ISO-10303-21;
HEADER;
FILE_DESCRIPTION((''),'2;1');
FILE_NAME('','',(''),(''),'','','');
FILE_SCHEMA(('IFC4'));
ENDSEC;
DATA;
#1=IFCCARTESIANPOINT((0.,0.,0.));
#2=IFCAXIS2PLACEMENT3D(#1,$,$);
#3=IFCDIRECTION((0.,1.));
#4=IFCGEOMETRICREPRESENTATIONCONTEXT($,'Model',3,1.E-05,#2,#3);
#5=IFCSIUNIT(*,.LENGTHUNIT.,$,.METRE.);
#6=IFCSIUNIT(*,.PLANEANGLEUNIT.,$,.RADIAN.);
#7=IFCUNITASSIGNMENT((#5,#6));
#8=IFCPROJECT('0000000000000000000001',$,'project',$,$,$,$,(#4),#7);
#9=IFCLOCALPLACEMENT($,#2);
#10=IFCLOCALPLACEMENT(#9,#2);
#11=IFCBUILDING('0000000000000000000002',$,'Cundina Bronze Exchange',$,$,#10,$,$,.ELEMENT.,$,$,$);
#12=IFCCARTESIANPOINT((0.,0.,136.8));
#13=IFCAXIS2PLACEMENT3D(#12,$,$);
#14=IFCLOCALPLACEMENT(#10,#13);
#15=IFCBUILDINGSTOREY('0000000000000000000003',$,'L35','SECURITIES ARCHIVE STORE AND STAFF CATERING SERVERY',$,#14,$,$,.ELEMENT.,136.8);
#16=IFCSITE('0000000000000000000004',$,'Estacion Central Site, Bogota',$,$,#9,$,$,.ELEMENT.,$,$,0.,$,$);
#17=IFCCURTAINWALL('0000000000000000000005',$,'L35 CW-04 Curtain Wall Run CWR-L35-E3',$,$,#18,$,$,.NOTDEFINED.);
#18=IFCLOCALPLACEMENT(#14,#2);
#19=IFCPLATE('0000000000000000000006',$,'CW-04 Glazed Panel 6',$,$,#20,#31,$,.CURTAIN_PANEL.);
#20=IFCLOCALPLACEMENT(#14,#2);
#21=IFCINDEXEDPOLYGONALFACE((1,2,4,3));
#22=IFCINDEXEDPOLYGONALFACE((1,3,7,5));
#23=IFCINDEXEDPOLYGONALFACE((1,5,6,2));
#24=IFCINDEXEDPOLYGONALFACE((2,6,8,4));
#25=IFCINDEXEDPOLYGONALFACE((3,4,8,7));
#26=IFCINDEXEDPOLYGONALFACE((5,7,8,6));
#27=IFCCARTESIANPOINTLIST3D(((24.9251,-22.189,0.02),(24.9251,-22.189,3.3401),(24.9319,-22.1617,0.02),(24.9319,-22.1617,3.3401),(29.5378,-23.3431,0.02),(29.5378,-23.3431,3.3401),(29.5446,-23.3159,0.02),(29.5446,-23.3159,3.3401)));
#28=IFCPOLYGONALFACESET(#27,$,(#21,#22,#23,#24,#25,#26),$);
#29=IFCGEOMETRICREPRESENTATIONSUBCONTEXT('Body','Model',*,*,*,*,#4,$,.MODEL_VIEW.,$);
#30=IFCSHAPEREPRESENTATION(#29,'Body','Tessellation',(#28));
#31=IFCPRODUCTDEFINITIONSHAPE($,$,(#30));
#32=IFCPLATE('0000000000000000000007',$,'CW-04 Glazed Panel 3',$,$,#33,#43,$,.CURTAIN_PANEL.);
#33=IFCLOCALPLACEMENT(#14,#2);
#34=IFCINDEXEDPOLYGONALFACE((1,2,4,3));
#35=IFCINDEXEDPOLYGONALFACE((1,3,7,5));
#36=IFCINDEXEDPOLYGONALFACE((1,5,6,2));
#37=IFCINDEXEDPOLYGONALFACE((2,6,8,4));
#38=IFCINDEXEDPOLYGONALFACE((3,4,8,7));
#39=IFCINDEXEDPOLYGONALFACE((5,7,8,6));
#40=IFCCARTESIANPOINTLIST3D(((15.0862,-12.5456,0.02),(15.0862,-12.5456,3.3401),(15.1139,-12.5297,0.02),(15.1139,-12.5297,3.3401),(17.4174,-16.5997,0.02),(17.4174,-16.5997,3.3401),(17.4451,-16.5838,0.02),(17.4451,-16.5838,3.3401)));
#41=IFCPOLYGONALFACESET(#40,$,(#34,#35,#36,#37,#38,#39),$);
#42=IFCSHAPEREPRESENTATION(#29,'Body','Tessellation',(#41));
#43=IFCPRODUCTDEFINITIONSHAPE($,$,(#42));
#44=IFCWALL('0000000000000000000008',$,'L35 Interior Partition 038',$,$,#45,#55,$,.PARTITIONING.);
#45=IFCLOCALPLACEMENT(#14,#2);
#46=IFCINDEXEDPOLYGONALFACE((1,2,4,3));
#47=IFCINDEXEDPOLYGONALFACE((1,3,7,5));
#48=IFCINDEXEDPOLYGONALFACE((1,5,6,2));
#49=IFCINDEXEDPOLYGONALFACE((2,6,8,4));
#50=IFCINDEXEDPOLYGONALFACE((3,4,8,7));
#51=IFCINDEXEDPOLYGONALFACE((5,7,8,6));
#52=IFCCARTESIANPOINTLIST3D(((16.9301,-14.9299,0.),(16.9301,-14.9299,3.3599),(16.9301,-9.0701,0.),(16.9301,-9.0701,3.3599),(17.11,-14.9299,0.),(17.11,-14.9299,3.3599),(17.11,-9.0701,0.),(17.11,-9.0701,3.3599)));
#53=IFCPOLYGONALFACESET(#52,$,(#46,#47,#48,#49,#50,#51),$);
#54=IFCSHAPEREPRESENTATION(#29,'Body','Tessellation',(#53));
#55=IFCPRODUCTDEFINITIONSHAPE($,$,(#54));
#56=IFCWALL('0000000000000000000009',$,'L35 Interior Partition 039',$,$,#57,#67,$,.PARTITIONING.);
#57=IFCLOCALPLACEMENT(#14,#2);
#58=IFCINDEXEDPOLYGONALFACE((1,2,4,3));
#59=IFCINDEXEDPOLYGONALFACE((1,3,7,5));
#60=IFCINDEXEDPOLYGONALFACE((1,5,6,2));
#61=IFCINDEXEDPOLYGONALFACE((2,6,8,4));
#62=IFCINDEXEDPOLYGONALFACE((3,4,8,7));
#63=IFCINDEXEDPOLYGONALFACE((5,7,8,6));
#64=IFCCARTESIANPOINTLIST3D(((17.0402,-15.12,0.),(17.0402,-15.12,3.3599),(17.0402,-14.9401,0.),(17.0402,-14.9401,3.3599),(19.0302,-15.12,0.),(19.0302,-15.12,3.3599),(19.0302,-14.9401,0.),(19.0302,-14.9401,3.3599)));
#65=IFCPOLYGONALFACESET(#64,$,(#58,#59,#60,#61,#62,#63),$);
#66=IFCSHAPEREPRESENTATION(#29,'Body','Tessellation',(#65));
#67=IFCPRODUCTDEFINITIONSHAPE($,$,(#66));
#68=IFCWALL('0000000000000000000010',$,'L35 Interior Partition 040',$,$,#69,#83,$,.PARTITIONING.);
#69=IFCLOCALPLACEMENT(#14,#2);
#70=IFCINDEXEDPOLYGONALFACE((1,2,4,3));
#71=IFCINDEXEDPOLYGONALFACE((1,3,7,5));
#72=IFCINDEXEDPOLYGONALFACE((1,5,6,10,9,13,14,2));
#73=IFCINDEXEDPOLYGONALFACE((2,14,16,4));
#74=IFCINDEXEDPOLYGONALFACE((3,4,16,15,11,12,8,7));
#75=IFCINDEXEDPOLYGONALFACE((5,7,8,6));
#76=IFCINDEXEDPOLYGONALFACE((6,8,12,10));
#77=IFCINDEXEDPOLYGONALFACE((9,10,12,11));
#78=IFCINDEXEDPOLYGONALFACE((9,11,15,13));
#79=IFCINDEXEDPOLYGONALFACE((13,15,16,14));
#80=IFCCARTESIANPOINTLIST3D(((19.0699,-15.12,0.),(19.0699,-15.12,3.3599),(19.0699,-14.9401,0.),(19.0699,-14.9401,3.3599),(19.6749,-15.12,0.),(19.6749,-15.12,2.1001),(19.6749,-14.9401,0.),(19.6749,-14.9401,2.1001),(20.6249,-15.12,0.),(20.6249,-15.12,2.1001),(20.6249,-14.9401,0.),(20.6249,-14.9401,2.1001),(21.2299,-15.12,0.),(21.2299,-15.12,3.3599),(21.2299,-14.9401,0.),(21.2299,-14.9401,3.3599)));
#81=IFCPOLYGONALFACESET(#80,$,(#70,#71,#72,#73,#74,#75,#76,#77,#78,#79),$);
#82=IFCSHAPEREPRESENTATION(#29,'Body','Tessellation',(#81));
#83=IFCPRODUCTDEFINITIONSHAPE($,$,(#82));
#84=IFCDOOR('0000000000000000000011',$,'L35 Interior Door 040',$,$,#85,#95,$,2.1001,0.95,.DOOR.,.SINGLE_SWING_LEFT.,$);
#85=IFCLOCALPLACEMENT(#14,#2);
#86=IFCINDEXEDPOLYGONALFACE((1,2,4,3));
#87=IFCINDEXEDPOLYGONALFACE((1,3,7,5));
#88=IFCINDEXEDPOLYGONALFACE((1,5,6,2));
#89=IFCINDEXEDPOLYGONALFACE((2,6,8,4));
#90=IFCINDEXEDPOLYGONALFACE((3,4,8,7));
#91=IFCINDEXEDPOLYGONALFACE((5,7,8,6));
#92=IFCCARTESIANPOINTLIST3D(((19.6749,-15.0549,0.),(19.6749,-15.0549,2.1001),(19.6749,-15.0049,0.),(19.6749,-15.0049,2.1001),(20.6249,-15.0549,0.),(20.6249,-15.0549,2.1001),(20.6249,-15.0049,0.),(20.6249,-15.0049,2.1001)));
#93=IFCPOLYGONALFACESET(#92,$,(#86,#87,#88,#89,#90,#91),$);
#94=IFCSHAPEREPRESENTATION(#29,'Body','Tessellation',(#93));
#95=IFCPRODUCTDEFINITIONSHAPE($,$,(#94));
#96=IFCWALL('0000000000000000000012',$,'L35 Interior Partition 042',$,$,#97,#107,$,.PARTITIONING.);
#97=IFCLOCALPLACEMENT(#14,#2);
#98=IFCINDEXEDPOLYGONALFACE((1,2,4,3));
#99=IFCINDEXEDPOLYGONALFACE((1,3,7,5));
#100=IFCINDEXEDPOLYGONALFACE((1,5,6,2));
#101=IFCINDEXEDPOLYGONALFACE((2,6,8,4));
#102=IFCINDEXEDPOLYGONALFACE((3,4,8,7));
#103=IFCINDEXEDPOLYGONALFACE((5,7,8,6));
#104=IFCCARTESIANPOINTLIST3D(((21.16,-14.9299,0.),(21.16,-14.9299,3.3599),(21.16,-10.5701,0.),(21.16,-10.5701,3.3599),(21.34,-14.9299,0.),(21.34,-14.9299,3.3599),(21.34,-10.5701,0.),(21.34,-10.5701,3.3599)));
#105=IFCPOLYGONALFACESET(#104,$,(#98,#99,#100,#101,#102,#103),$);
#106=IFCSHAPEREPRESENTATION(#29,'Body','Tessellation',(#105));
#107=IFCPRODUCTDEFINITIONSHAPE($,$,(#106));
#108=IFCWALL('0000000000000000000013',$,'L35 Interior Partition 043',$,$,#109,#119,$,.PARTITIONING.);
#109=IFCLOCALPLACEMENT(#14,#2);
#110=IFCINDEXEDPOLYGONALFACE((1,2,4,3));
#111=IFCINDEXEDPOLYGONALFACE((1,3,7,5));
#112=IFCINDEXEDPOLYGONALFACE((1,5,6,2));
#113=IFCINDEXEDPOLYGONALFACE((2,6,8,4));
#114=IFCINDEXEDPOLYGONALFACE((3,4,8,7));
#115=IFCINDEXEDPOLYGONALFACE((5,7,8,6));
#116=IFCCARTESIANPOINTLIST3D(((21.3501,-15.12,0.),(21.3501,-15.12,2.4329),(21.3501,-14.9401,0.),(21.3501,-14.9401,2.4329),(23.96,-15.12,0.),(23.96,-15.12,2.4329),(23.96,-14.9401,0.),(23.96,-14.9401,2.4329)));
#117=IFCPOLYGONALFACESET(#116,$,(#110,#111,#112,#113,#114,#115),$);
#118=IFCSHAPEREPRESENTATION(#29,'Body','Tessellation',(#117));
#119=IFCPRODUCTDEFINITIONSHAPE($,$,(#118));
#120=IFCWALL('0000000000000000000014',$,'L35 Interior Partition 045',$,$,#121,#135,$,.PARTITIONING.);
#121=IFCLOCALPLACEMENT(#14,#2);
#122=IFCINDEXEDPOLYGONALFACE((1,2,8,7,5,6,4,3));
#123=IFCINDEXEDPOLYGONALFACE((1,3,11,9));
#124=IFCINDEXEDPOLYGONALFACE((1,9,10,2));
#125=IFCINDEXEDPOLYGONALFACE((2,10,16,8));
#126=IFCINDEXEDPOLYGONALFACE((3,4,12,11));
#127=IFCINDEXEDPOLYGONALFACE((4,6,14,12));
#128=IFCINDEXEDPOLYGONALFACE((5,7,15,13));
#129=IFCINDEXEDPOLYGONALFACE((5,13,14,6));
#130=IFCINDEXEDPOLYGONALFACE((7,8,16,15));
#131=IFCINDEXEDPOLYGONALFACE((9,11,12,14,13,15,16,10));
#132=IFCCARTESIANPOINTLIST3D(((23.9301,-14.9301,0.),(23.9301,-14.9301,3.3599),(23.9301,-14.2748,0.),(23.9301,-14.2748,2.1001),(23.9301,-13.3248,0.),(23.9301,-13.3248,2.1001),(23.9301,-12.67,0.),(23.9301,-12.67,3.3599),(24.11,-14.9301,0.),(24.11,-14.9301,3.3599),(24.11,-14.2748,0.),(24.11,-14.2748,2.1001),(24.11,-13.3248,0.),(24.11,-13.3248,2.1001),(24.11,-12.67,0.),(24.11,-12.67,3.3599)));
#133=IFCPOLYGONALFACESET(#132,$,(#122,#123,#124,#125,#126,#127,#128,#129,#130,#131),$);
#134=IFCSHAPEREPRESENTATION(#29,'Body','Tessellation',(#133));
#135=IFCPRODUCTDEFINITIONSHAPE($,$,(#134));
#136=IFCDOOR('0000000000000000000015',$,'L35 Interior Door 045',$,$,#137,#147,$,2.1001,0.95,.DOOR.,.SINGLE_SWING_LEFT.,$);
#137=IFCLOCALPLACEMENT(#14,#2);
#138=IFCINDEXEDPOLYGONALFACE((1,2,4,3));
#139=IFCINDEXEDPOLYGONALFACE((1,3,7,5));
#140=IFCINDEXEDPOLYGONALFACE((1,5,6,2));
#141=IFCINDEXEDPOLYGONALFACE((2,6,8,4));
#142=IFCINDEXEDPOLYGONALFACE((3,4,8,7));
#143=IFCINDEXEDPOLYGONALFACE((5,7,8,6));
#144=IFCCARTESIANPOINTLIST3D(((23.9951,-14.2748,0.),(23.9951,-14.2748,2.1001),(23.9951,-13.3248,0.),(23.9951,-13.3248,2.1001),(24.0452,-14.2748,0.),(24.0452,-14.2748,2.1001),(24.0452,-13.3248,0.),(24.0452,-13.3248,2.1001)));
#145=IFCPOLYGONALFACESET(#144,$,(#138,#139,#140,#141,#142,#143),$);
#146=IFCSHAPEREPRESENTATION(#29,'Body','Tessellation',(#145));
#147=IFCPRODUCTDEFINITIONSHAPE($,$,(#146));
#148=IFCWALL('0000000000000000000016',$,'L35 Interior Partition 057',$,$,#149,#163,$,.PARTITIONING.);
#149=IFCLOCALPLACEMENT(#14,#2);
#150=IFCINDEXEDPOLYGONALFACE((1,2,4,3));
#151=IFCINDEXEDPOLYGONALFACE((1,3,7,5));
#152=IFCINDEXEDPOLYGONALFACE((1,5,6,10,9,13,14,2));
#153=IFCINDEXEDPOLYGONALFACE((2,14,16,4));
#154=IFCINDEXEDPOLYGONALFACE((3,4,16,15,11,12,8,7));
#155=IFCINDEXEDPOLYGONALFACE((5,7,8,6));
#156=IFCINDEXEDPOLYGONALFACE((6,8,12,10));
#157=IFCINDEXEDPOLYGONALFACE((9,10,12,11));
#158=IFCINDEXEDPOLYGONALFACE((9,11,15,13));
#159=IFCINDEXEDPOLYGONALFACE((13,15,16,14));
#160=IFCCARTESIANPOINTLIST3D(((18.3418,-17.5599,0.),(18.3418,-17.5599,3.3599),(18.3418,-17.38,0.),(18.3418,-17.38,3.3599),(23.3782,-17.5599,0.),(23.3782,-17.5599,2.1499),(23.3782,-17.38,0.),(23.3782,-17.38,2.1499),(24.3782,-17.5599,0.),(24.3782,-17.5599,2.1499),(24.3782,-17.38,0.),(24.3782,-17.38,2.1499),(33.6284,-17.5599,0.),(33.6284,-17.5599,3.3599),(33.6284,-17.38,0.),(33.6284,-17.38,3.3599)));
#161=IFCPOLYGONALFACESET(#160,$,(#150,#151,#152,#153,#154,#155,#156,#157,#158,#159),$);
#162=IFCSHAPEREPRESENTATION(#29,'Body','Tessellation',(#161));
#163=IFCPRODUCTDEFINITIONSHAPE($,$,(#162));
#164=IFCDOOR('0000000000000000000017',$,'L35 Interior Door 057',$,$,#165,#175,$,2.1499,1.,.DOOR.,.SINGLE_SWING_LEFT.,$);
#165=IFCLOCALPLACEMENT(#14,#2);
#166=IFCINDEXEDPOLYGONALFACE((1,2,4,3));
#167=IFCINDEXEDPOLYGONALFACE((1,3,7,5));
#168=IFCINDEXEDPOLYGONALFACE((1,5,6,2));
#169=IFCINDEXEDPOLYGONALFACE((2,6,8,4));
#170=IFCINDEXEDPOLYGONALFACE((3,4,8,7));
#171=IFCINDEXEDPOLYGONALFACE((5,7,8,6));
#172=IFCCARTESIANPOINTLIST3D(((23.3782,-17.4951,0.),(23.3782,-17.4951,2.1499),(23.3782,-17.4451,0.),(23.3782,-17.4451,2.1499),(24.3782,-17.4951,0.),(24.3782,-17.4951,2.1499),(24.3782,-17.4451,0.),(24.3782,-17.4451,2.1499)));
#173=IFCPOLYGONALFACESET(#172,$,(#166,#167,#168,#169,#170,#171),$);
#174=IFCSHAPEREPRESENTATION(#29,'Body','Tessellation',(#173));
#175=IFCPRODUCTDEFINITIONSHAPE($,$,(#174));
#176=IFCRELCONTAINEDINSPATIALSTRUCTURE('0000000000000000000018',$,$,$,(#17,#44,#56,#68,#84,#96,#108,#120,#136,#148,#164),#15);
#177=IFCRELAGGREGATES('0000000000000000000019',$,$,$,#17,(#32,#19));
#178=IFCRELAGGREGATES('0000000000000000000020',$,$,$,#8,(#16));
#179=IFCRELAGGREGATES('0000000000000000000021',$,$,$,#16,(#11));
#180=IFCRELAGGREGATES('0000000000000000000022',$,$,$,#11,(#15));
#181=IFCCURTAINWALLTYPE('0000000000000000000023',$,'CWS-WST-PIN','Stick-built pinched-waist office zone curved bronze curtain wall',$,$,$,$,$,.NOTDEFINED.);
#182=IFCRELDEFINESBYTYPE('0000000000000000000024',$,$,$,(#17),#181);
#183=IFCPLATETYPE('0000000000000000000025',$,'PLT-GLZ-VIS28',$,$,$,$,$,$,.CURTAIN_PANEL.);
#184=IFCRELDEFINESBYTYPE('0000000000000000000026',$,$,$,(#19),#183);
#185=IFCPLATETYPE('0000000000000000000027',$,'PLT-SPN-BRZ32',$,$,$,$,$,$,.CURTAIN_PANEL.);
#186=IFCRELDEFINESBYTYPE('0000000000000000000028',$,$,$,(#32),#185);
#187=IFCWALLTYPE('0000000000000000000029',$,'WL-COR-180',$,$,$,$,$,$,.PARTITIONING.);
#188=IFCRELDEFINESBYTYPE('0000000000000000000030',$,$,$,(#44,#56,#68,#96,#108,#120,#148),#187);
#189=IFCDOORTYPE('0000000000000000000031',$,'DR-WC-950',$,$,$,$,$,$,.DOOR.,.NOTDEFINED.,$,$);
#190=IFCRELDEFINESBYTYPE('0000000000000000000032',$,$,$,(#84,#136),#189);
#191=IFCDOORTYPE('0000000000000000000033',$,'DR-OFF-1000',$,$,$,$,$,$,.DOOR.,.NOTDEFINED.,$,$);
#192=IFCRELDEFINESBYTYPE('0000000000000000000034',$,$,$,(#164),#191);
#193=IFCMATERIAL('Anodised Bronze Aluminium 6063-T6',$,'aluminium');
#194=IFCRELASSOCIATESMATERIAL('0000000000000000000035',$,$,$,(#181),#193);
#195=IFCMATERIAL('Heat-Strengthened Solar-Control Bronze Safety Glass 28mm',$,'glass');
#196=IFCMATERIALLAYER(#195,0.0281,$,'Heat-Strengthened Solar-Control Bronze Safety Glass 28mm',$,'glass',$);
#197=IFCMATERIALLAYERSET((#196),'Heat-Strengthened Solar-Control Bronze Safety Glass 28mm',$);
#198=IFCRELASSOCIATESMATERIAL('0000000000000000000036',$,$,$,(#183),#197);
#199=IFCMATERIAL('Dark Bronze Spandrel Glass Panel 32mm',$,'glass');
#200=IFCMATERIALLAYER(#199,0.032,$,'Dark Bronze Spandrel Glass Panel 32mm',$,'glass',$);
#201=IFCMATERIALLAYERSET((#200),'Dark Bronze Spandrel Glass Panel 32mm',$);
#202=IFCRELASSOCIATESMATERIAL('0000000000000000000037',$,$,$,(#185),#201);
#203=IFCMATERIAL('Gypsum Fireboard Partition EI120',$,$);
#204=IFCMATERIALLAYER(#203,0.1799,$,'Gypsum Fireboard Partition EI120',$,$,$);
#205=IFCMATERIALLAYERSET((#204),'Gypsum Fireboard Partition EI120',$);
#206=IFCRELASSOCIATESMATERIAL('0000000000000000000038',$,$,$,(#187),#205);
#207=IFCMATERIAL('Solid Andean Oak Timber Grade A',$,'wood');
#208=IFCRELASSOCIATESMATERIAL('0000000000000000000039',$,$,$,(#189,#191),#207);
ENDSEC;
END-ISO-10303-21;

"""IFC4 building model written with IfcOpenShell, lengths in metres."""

from ifc_helpers import new_model, si_unit, direction, frame, frame_2d, origin, origin_2d, place, context, subcontext, project, spatial, rectangle, extrude, material, layer, layer_set, type_object, element, fill, aggregate, save


model = new_model("IFC4")

# Units and contexts
model_context = context("Model", 3, precision=1e-05, world=origin(), true_north=direction((0.0, 1.0)))
body_context = subcontext(model_context, "Body", "Model", "MODEL_VIEW")
ifc_project = project(units=[si_unit("LENGTHUNIT", "METRE"), si_unit("PLANEANGLEUNIT", "RADIAN")], contexts=[model_context])

# Site, building, storey
site_placement = place(None, origin())
site = spatial("IfcSite", under=ifc_project, at=site_placement, Name="Estacion Central Site, Bogota", CompositionType="ELEMENT", RefElevation=0.0)
building_placement = place(site_placement, origin())
building = spatial("IfcBuilding", under=site, at=building_placement, Name="Cundina Bronze Exchange", CompositionType="ELEMENT")
storey_placement = place(building_placement, frame((0.0, 0.0, 136.8)))
storey = spatial("IfcBuildingStorey", under=building, at=storey_placement, Name="L35", Description="SECURITIES ARCHIVE STORE AND STAFF CATERING SERVERY", CompositionType="ELEMENT", Elevation=136.8)

# Curtain wall, plates
ifc_material_1 = material(Name="Anodised Bronze Aluminium 6063-T6", Category="aluminium")
curtain_wall_type = type_object("IfcCurtainWallType", Name="CWS-WST-PIN", Description="Stick-built pinched-waist office zone curved bronze curtain wall", PredefinedType="NOTDEFINED", material=ifc_material_1)
curtain_wall_placement = place(storey_placement, origin())
curtain_wall = element("IfcCurtainWall", 1, at=curtain_wall_placement, inside=storey, type_object=curtain_wall_type, Name="L35 CW-04 Curtain Wall Run CWR-L35-E3", PredefinedType="NOTDEFINED")
ifc_material_2 = material(Name="Heat-Strengthened Solar-Control Bronze Safety Glass 28mm", Category="glass")
ifc_layer_1 = layer(ifc_material_2, 0.0281, Name="Heat-Strengthened Solar-Control Bronze Safety Glass 28mm", Category="glass")
ifc_layer_set_1 = layer_set([ifc_layer_1], Name="Heat-Strengthened Solar-Control Bronze Safety Glass 28mm")
plate_type_1 = type_object("IfcPlateType", Name="PLT-GLZ-VIS28", PredefinedType="CURTAIN_PANEL", material=ifc_layer_set_1)
plate_1_placement = place(storey_placement, frame((27.2349, -22.7524, 0.02), z_axis=(0.0, 0.0, 1.0), x_axis=(0.970093, -0.242735, 0.0)))
plate_1 = element("IfcPlate", 2, at=plate_1_placement, type_object=plate_type_1, Name="CW-04 Glazed Panel 6", PredefinedType="CURTAIN_PANEL", context=body_context, shape_type="SweptSolid", body=[
    extrude(rectangle(XDim=4.7549, YDim=0.0281, at=origin_2d()), origin(), (0.0, 0.0, 1.0), 3.3201),
])
ifc_material_3 = material(Name="Dark Bronze Spandrel Glass Panel 32mm", Category="glass")
ifc_layer_2 = layer(ifc_material_3, 0.032, Name="Dark Bronze Spandrel Glass Panel 32mm", Category="glass")
ifc_layer_set_2 = layer_set([ifc_layer_2], Name="Dark Bronze Spandrel Glass Panel 32mm")
plate_type_2 = type_object("IfcPlateType", Name="PLT-SPN-BRZ32", PredefinedType="CURTAIN_PANEL", material=ifc_layer_set_2)
plate_2_placement = place(storey_placement, frame((16.2656, -14.5647, 0.02), z_axis=(0.0, 0.0, 1.0), x_axis=(0.498488, -0.866897, 0.0)))
plate_2 = element("IfcPlate", 3, at=plate_2_placement, type_object=plate_type_2, Name="CW-04 Glazed Panel 3", PredefinedType="CURTAIN_PANEL", context=body_context, shape_type="SweptSolid", body=[
    extrude(rectangle(XDim=4.6765, YDim=0.032, at=origin_2d()), origin(), (0.0, 0.0, 1.0), 3.3201),
])
aggregate(curtain_wall, [plate_2, plate_1])

# Walls
ifc_material_4 = material(Name="Gypsum Fireboard Partition EI120")
ifc_layer_3 = layer(ifc_material_4, 0.1799, Name="Gypsum Fireboard Partition EI120")
ifc_layer_set_3 = layer_set([ifc_layer_3], Name="Gypsum Fireboard Partition EI120")
wall_type_1 = type_object("IfcWallType", Name="WL-COR-180", PredefinedType="PARTITIONING", material=ifc_layer_set_3)
wall_1_placement = place(storey_placement, frame((17.02, -14.9299, 0.0), z_axis=(0.0, 0.0, 1.0), x_axis=(0.0, 1.0, 0.0)))
element("IfcWall", 4, at=wall_1_placement, inside=storey, type_object=wall_type_1, Name="L35 Interior Partition 038", PredefinedType="PARTITIONING", context=body_context, shape_type="SweptSolid", body=[
    extrude(rectangle(XDim=5.8599, YDim=0.1799, at=frame_2d((2.9299, 0.0))), origin(), (0.0, 0.0, 1.0), 3.3599),
])
wall_2_placement = place(storey_placement, frame((17.04, -15.03, 0.0), z_axis=(0.0, 0.0, 1.0), x_axis=(1.0, 0.0, 0.0)))
element("IfcWall", 5, at=wall_2_placement, inside=storey, type_object=wall_type_1, Name="L35 Interior Partition 039", PredefinedType="PARTITIONING", context=body_context, shape_type="SweptSolid", body=[
    extrude(rectangle(XDim=1.99, YDim=0.1799, at=frame_2d((0.9951, 0.0))), origin(), (0.0, 0.0, 1.0), 3.3599),
])

# Wall, opening, door
wall_3_placement = place(storey_placement, frame((21.23, -15.03, 0.0), z_axis=(0.0, 0.0, 1.0), x_axis=(-1.0, 0.0, 0.0)))
wall_3 = element("IfcWall", 6, at=wall_3_placement, inside=storey, type_object=wall_type_1, Name="L35 Interior Partition 040", PredefinedType="PARTITIONING", context=body_context, shape_type="SweptSolid", body=[
    extrude(rectangle(XDim=2.1599, YDim=0.1799, at=frame_2d((1.0801, 0.0))), origin(), (0.0, 0.0, 1.0), 3.3599),
])
opening_1_placement = place(wall_3_placement, frame((0.605, 0.0, 0.0)))
opening_1 = element("IfcOpeningElement", 7, at=opening_1_placement, cuts=wall_3, PredefinedType="OPENING", context=body_context, shape_type="SweptSolid", body=[
    extrude(rectangle(XDim=0.95, YDim=2.1001, at=frame_2d((0.4751, 1.05))), frame((0.0, 0.0999, 0.0), z_axis=(0.0, -1.0, 0.0), x_axis=(1.0, 0.0, 0.0)), (0.0, 0.0, 1.0), 0.2),
])
ifc_material_5 = material(Name="Solid Andean Oak Timber Grade A", Category="wood")
door_type_1 = type_object("IfcDoorType", Name="DR-WC-950", OperationType="NOTDEFINED", PredefinedType="DOOR", material=ifc_material_5)
door_1_placement = place(opening_1_placement, origin())
door_1 = element("IfcDoor", 8, at=door_1_placement, inside=storey, type_object=door_type_1, Name="L35 Interior Door 040", OperationType="SINGLE_SWING_LEFT", OverallHeight=2.1001, OverallWidth=0.95, PredefinedType="DOOR", context=body_context, shape_type="SweptSolid", body=[
    extrude(rectangle(XDim=0.95, YDim=2.1001, at=frame_2d((0.4751, 1.05))), frame((0.0, 0.0249, 0.0), z_axis=(0.0, -1.0, 0.0), x_axis=(1.0, 0.0, 0.0)), (0.0, 0.0, 1.0), 0.05),
])
fill(opening_1, door_1)

# Walls
wall_4_placement = place(storey_placement, frame((21.25, -14.9299, 0.0), z_axis=(0.0, 0.0, 1.0), x_axis=(0.0, 1.0, 0.0)))
element("IfcWall", 9, at=wall_4_placement, inside=storey, type_object=wall_type_1, Name="L35 Interior Partition 042", PredefinedType="PARTITIONING", context=body_context, shape_type="SweptSolid", body=[
    extrude(rectangle(XDim=4.3599, YDim=0.1799, at=frame_2d((2.1799, 0.0))), origin(), (0.0, 0.0, 1.0), 3.3599),
])
wall_5_placement = place(storey_placement, frame((21.3501, -15.03, 0.0), z_axis=(0.0, 0.0, 1.0), x_axis=(1.0, 0.0, 0.0)))
element("IfcWall", 10, at=wall_5_placement, inside=storey, type_object=wall_type_1, Name="L35 Interior Partition 043", PredefinedType="PARTITIONING", context=body_context, shape_type="SweptSolid", body=[
    extrude(rectangle(XDim=2.6099, YDim=0.1799, at=frame_2d((1.3049, 0.0))), origin(), (0.0, 0.0, 1.0), 2.4329),
])

# Walls, openings, doors
wall_6_placement = place(storey_placement, frame((24.02, -14.9299, 0.0), z_axis=(0.0, 0.0, 1.0), x_axis=(0.0, 1.0, 0.0)))
wall_6 = element("IfcWall", 11, at=wall_6_placement, inside=storey, type_object=wall_type_1, Name="L35 Interior Partition 045", PredefinedType="PARTITIONING", context=body_context, shape_type="SweptSolid", body=[
    extrude(rectangle(XDim=2.26, YDim=0.1799, at=frame_2d((1.1299, 0.0))), origin(), (0.0, 0.0, 1.0), 3.3599),
])
opening_2_placement = place(wall_6_placement, frame((0.655, 0.0, 0.0)))
opening_2 = element("IfcOpeningElement", 12, at=opening_2_placement, cuts=wall_6, PredefinedType="OPENING", context=body_context, shape_type="SweptSolid", body=[
    extrude(rectangle(XDim=0.95, YDim=2.1001, at=frame_2d((0.4751, 1.05))), frame((0.0, 0.0999, 0.0), z_axis=(0.0, -1.0, 0.0), x_axis=(1.0, 0.0, 0.0)), (0.0, 0.0, 1.0), 0.2),
])
door_2_placement = place(opening_2_placement, origin())
door_2 = element("IfcDoor", 13, at=door_2_placement, inside=storey, type_object=door_type_1, Name="L35 Interior Door 045", OperationType="SINGLE_SWING_LEFT", OverallHeight=2.1001, OverallWidth=0.95, PredefinedType="DOOR", context=body_context, shape_type="SweptSolid", body=[
    extrude(rectangle(XDim=0.95, YDim=2.1001, at=frame_2d((0.4751, 1.05))), frame((0.0, 0.0249, 0.0), z_axis=(0.0, -1.0, 0.0), x_axis=(1.0, 0.0, 0.0)), (0.0, 0.0, 1.0), 0.05),
])
fill(opening_2, door_2)
wall_7_placement = place(storey_placement, frame((18.3418, -17.47, 0.0), z_axis=(0.0, 0.0, 1.0), x_axis=(1.0, 0.0, 0.0)))
wall_7 = element("IfcWall", 14, at=wall_7_placement, inside=storey, type_object=wall_type_1, Name="L35 Interior Partition 057", PredefinedType="PARTITIONING", context=body_context, shape_type="SweptSolid", body=[
    extrude(rectangle(XDim=15.2866, YDim=0.1799, at=frame_2d((7.6433, 0.0))), origin(), (0.0, 0.0, 1.0), 3.3599),
])
opening_3_placement = place(wall_7_placement, frame((5.0364, 0.0, 0.0)))
opening_3 = element("IfcOpeningElement", 15, at=opening_3_placement, cuts=wall_7, PredefinedType="OPENING", context=body_context, shape_type="SweptSolid", body=[
    extrude(rectangle(XDim=1.0, YDim=2.1499, at=frame_2d((0.5, 1.075))), frame((0.0, 0.0999, 0.0), z_axis=(0.0, -1.0, 0.0), x_axis=(1.0, 0.0, 0.0)), (0.0, 0.0, 1.0), 0.2),
])
door_type_2 = type_object("IfcDoorType", Name="DR-OFF-1000", OperationType="NOTDEFINED", PredefinedType="DOOR", material=ifc_material_5)
door_3_placement = place(opening_3_placement, origin())
door_3 = element("IfcDoor", 16, at=door_3_placement, inside=storey, type_object=door_type_2, Name="L35 Interior Door 057", OperationType="SINGLE_SWING_LEFT", OverallHeight=2.1499, OverallWidth=1.0, PredefinedType="DOOR", context=body_context, shape_type="SweptSolid", body=[
    extrude(rectangle(XDim=1.0, YDim=2.1499, at=frame_2d((0.5, 1.075))), frame((0.0, 0.0249, 0.0), z_axis=(0.0, -1.0, 0.0), x_axis=(1.0, 0.0, 0.0)), (0.0, 0.0, 1.0), 0.05),
])
fill(opening_3, door_3)

save(model, "model.ifc")
